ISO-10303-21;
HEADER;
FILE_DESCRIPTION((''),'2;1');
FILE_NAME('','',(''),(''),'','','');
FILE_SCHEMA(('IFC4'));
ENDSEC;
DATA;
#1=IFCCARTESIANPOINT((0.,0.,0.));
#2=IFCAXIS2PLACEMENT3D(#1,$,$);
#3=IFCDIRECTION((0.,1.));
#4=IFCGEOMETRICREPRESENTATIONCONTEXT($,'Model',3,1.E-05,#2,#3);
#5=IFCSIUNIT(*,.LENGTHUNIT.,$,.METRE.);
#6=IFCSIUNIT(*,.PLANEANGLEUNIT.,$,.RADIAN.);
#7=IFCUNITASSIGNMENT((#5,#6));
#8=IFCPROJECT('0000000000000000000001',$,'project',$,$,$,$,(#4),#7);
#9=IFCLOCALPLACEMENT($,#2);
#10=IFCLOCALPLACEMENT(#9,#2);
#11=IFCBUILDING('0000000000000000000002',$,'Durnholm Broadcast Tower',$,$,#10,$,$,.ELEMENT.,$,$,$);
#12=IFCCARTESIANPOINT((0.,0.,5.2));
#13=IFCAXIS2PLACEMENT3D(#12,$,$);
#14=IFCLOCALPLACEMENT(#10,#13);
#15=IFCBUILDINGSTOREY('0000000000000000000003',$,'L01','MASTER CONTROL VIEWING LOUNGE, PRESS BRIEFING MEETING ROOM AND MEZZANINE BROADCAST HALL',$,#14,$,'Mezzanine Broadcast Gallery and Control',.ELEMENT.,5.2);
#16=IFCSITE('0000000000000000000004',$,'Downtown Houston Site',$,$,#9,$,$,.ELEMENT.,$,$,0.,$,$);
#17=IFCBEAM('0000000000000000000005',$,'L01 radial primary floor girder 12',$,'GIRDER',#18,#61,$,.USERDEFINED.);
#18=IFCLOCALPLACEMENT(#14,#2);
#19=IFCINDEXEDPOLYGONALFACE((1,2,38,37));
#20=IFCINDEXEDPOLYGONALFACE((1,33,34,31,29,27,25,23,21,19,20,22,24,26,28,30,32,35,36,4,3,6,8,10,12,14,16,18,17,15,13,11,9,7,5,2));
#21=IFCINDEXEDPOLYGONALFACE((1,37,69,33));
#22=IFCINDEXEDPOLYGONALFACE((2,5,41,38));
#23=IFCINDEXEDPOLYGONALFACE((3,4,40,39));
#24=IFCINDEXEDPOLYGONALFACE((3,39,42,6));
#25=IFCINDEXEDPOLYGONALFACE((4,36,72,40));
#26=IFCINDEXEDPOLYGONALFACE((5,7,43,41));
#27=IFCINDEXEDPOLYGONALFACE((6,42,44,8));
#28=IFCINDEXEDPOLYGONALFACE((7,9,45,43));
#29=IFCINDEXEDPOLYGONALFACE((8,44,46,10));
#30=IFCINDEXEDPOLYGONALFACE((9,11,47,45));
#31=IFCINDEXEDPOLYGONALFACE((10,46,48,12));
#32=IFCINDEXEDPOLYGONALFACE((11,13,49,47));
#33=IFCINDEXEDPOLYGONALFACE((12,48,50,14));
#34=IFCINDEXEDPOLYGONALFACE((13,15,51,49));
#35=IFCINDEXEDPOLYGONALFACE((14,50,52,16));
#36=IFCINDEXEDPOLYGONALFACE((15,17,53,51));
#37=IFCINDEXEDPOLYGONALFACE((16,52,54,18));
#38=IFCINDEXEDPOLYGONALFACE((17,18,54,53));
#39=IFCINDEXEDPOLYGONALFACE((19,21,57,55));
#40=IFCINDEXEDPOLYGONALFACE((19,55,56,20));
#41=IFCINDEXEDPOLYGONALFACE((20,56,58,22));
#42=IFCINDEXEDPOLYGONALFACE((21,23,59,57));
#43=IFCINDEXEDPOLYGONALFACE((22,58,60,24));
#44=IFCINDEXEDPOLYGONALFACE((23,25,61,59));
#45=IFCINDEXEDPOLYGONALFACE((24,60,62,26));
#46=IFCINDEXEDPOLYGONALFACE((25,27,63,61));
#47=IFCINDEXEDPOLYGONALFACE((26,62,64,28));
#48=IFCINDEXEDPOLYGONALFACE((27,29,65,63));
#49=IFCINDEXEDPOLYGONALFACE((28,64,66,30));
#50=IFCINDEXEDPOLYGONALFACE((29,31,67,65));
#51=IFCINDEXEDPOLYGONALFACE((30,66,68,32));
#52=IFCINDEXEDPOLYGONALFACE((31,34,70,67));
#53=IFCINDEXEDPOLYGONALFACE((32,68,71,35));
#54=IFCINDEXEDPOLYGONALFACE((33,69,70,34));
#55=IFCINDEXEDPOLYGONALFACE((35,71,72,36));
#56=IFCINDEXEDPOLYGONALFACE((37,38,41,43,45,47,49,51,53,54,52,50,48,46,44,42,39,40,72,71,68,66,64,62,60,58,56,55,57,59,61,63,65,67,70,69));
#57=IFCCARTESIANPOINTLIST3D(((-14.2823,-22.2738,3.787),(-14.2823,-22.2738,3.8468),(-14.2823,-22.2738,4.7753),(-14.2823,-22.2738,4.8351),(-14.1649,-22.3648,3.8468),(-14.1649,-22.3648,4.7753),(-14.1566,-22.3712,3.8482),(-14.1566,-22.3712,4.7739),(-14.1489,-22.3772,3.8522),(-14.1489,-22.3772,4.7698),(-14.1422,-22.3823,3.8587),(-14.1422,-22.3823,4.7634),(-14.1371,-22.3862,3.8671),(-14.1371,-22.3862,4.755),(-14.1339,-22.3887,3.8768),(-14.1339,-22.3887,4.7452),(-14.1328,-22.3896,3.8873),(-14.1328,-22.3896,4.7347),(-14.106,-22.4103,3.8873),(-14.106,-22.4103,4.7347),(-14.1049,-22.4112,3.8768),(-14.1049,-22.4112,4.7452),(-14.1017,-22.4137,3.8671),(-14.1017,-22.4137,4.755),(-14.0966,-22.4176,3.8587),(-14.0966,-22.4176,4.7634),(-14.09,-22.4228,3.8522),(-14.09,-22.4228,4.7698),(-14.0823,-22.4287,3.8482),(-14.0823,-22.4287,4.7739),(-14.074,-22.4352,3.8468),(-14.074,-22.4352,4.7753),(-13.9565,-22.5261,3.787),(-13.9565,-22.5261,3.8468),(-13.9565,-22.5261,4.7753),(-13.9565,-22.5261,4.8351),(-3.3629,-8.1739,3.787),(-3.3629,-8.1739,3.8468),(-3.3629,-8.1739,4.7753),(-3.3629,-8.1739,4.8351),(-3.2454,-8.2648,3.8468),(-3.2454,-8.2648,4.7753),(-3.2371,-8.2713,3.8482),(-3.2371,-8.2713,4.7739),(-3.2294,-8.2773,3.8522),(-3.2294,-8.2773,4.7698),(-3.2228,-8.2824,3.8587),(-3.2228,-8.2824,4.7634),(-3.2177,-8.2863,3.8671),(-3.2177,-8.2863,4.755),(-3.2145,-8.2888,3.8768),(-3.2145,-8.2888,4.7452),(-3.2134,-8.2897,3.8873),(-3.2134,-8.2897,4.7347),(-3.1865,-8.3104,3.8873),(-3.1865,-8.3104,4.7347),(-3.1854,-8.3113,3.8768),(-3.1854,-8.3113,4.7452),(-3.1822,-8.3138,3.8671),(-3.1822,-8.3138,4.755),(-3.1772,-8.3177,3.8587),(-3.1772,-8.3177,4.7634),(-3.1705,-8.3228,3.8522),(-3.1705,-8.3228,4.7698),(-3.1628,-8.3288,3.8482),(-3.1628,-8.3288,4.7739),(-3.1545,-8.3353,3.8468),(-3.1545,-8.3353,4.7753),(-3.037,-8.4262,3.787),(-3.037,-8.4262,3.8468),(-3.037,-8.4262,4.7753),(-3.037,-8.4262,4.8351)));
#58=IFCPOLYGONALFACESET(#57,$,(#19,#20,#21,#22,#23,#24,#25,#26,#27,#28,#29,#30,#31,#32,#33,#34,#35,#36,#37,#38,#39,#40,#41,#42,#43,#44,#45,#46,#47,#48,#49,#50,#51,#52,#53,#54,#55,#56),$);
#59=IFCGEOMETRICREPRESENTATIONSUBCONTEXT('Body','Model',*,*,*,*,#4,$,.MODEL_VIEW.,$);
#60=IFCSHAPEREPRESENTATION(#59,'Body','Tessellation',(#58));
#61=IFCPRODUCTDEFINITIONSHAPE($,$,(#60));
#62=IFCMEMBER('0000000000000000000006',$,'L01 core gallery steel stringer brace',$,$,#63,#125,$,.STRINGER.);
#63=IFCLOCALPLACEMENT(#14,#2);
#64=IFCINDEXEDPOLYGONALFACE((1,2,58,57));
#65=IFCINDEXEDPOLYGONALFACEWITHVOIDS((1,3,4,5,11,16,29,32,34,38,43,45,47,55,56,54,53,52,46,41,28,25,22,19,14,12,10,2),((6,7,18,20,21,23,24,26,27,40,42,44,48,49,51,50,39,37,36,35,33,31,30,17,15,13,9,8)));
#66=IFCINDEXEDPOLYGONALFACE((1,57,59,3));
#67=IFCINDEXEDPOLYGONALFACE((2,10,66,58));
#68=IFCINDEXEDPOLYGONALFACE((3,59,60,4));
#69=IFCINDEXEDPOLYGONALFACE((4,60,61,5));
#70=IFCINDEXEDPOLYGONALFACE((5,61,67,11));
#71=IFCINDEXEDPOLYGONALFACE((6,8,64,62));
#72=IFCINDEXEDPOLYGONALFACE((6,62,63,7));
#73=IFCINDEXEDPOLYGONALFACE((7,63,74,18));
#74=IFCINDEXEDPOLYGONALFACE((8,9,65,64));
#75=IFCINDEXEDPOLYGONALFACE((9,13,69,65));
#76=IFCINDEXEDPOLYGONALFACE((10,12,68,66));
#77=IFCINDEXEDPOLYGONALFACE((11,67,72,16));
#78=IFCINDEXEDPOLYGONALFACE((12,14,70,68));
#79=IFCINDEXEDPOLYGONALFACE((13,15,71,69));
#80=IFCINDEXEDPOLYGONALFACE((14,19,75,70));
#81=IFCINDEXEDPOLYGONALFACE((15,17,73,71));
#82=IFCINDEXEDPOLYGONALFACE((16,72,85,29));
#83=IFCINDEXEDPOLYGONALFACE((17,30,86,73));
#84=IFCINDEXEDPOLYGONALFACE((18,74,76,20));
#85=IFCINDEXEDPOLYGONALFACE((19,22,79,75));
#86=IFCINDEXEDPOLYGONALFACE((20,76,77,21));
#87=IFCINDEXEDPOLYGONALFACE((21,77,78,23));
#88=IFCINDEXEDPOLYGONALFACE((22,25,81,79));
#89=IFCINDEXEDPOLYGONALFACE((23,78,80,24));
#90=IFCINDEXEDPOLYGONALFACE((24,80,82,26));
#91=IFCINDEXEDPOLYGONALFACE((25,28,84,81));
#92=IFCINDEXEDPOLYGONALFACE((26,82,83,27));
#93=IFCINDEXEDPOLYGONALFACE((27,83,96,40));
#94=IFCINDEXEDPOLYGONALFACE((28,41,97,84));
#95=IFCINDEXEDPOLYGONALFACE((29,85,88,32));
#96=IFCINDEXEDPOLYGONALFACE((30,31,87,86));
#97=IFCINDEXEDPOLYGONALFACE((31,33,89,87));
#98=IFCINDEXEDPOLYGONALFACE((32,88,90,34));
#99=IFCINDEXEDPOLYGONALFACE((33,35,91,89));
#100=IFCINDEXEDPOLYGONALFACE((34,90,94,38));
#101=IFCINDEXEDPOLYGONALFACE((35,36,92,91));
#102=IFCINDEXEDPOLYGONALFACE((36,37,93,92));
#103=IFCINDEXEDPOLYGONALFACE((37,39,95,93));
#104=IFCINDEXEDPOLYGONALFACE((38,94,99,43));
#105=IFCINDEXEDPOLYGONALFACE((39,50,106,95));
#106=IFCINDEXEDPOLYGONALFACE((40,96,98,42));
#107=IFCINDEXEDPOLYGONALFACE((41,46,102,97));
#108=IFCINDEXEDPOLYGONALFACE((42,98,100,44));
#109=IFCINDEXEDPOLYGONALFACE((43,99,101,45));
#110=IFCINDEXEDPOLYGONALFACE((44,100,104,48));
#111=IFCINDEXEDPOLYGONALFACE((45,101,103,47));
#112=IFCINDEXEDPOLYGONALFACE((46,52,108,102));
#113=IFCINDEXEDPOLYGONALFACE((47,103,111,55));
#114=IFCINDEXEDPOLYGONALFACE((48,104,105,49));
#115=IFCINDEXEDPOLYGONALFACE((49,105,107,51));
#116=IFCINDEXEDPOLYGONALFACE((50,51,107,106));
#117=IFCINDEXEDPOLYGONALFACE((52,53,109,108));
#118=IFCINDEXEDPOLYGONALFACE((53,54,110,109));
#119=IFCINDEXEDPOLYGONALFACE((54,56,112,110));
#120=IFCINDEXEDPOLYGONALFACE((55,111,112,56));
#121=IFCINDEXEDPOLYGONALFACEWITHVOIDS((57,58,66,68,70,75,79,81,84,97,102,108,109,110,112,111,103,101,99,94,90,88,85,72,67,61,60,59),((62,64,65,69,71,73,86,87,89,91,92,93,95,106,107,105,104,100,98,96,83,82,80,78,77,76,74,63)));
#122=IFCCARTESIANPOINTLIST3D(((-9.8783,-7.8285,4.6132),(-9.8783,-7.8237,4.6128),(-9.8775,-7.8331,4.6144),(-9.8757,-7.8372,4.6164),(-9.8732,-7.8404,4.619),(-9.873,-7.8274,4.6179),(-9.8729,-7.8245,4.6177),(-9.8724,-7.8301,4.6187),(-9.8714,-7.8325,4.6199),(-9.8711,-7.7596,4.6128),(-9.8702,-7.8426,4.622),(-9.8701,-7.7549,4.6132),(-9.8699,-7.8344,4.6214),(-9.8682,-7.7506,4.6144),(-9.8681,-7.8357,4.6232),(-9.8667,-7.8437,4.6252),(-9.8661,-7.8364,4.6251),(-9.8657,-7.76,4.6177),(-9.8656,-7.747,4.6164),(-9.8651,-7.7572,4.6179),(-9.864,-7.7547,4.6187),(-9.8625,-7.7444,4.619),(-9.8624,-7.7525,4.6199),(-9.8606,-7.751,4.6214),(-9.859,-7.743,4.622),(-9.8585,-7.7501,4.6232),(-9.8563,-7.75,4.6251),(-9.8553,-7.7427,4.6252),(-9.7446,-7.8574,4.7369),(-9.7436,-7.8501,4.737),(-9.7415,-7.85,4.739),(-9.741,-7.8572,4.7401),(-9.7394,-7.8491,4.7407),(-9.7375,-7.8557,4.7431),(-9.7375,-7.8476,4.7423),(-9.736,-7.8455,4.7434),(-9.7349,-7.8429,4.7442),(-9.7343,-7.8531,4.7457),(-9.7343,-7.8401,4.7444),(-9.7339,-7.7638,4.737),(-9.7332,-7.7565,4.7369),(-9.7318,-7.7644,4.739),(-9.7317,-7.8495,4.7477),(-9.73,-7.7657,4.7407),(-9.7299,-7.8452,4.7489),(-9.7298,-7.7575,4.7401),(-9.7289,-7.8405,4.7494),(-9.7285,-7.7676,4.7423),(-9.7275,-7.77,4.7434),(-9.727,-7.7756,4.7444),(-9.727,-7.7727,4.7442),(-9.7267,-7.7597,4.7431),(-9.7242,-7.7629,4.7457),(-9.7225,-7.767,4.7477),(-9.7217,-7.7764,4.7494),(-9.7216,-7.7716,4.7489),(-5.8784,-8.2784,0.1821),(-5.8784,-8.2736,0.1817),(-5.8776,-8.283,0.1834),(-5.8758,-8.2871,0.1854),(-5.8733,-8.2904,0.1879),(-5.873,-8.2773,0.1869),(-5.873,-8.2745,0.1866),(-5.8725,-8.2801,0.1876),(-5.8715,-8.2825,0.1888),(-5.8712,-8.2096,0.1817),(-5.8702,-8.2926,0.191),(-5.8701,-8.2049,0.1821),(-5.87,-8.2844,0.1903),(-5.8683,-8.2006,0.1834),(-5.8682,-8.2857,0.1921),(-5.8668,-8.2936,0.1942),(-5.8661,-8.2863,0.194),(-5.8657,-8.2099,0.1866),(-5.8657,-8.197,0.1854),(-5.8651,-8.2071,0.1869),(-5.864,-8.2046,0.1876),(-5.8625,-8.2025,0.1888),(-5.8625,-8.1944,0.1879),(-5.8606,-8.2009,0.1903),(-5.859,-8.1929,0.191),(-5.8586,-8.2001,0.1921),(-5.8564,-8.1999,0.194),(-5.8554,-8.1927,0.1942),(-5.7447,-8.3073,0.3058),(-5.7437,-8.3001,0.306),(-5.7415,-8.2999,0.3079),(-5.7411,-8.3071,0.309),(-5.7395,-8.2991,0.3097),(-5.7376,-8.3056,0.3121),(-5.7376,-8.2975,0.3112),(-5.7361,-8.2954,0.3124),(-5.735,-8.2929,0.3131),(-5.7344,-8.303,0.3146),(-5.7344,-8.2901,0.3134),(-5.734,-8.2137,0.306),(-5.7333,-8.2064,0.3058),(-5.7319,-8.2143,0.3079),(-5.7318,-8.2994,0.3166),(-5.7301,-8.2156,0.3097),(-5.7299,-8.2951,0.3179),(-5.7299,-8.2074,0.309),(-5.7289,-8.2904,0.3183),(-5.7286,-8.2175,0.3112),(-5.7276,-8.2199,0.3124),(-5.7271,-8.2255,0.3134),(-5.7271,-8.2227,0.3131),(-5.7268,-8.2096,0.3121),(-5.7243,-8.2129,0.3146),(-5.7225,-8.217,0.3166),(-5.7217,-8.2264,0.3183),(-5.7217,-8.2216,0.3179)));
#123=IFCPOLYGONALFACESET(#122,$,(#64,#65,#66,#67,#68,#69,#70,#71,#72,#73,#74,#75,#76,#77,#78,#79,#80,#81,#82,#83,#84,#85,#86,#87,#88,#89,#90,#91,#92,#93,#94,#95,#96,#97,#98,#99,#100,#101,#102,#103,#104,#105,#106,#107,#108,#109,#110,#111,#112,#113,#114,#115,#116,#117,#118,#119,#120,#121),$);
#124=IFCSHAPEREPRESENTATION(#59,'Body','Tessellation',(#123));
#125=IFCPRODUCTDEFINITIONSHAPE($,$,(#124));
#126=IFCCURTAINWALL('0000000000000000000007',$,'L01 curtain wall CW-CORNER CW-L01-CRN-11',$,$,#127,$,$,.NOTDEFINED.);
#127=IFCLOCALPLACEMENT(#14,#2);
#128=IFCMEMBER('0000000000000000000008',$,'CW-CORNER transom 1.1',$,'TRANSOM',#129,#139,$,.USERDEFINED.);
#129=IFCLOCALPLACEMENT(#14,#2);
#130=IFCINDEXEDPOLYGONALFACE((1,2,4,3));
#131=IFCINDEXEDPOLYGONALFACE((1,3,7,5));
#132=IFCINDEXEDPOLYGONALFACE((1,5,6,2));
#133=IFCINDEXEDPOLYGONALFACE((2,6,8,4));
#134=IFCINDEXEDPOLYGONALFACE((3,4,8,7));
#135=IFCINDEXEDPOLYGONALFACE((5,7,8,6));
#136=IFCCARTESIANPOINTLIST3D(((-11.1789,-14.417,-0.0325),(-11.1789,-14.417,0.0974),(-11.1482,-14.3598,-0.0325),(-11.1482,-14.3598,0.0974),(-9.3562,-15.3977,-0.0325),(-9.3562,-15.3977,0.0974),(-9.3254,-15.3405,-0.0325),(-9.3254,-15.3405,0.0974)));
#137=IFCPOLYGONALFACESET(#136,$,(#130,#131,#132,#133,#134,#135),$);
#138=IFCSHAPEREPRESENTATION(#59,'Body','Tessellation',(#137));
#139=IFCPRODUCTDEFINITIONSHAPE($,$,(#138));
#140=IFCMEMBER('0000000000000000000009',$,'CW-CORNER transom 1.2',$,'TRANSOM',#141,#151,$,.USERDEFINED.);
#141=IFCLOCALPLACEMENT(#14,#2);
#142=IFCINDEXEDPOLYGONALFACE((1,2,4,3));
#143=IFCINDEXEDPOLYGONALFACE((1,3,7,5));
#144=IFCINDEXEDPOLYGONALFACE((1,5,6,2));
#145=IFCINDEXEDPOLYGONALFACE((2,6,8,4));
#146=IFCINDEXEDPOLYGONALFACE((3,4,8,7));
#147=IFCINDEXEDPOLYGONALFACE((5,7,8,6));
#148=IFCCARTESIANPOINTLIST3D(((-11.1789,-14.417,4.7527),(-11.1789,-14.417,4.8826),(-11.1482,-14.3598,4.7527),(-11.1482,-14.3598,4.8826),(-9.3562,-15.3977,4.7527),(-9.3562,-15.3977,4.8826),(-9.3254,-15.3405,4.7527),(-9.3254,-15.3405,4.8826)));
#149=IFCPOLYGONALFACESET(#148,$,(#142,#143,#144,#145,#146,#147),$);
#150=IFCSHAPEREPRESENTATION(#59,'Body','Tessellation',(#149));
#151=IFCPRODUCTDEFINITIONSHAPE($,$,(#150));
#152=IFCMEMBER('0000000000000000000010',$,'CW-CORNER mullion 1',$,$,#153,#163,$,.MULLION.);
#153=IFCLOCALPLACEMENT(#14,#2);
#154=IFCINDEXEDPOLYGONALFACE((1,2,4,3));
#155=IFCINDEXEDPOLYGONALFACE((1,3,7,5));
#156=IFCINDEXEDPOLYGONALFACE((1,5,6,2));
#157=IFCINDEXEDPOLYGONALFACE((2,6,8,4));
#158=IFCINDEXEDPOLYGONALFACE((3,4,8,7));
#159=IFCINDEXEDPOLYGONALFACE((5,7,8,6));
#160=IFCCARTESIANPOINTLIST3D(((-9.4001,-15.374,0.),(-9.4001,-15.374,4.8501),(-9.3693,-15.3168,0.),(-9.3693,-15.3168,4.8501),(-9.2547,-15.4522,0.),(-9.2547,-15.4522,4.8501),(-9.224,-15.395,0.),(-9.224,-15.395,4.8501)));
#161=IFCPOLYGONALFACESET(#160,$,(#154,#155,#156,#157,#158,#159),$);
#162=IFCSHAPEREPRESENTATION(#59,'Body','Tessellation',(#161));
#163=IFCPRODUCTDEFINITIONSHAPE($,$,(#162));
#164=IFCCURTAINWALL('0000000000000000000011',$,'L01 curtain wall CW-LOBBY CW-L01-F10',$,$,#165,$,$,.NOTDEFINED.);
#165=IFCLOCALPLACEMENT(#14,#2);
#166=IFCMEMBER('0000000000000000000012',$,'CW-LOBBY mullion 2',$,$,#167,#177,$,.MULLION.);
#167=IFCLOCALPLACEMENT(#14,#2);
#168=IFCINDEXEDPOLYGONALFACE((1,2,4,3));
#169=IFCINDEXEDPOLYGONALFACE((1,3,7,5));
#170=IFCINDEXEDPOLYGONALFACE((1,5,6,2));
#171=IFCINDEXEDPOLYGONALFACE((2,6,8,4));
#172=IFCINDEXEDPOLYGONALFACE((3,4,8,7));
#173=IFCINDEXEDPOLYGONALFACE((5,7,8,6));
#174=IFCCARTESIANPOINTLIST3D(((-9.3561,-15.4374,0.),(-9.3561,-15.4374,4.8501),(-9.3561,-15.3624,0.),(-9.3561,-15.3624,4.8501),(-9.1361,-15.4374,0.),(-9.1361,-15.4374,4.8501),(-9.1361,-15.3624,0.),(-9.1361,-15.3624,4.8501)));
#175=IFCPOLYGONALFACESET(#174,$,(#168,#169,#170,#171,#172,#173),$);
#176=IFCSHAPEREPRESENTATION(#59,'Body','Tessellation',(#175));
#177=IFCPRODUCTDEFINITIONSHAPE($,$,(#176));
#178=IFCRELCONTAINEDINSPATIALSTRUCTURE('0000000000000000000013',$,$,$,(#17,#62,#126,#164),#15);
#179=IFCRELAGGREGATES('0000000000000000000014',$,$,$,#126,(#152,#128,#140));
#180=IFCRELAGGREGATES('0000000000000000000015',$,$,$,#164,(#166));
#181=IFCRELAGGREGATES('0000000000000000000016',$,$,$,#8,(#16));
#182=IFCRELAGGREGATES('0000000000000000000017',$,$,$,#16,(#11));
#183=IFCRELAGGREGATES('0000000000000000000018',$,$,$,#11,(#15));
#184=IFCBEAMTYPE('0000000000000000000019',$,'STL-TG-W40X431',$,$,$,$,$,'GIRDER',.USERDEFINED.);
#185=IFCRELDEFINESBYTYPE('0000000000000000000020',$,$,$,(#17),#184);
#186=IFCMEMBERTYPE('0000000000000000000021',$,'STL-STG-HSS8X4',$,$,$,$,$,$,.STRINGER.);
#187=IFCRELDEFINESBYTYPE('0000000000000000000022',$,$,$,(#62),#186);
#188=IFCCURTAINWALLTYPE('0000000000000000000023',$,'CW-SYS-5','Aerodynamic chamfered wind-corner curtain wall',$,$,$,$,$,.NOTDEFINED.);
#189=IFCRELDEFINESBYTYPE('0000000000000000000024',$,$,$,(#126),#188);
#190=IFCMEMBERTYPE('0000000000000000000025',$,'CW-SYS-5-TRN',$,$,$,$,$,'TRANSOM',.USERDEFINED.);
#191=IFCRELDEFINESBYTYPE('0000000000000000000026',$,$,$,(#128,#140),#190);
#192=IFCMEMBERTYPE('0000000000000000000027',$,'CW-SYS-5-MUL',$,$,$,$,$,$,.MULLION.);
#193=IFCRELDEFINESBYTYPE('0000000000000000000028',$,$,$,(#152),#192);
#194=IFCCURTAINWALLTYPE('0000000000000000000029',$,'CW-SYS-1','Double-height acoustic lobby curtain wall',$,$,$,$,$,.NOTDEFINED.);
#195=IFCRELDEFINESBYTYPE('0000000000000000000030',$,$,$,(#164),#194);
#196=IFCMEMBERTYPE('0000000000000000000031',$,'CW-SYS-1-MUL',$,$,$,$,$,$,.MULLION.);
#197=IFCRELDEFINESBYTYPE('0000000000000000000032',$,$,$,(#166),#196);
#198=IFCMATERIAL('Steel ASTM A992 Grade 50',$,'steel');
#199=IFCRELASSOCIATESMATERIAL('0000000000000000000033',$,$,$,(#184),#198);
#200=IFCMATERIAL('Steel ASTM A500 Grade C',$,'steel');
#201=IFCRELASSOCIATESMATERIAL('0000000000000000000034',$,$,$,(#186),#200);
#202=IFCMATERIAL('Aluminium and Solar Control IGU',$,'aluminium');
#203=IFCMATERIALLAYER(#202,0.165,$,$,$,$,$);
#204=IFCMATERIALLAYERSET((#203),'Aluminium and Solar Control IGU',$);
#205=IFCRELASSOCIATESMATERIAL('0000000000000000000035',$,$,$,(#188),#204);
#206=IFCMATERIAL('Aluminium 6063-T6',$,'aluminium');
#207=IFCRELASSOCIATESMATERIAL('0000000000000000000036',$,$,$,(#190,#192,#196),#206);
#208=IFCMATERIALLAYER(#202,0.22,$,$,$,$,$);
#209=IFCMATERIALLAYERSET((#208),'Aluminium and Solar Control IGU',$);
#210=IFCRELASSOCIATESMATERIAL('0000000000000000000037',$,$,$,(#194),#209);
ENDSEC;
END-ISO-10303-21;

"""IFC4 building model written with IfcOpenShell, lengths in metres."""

from ifc_helpers import new_model, si_unit, direction, frame, origin, origin_2d, place, context, subcontext, project, spatial, rectangle, hollow_rectangle, i_section, extrude, source, transform, mapped, material, layer, layer_set, material_profile, profile_set, type_object, type_shapes, element, aggregate, save


model = new_model("IFC4")

# Units and contexts
model_context = context("Model", 3, precision=1e-05, world=origin(), true_north=direction((0.0, 1.0)))
body_context = subcontext(model_context, "Body", "Model", "MODEL_VIEW")
ifc_project = project(units=[si_unit("LENGTHUNIT", "METRE"), si_unit("PLANEANGLEUNIT", "RADIAN")], contexts=[model_context])

# Site, building, storey
site_placement = place(None, origin())
site = spatial("IfcSite", under=ifc_project, at=site_placement, Name="Downtown Houston Site", CompositionType="ELEMENT", RefElevation=0.0)
building_placement = place(site_placement, origin())
building = spatial("IfcBuilding", under=site, at=building_placement, Name="Durnholm Broadcast Tower", CompositionType="ELEMENT")
storey_placement = place(building_placement, frame((0.0, 0.0, 5.2)))
storey = spatial("IfcBuildingStorey", under=building, at=storey_placement, Name="L01", Description="MASTER CONTROL VIEWING LOUNGE, PRESS BRIEFING MEETING ROOM AND MEZZANINE BROADCAST HALL", LongName="Mezzanine Broadcast Gallery and Control", CompositionType="ELEMENT", Elevation=5.2)

# Shared definitions
ifc_material_1 = material(Name="Steel ASTM A992 Grade 50", Category="steel")

# Beam
ifc_material_profile_1 = material_profile(ifc_material_1, i_section(OverallWidth=0.4121, OverallDepth=1.0481, WebThickness=0.0339, FlangeThickness=0.0598, FilletRadius=0.0405, at=origin_2d()), Name="W40X431")
ifc_profile_set_1 = profile_set([ifc_material_profile_1], Name="Steel ASTM A992 Grade 50")
beam_type_1 = type_object("IfcBeamType", Name="STL-TG-W40X431", ElementType="GIRDER", PredefinedType="USERDEFINED", material=ifc_profile_set_1)
shared_shape_1 = source(origin(), body_context, "Body", "SweptSolid", [
    extrude(i_section(OverallWidth=0.4121, OverallDepth=1.0481, WebThickness=0.0339, FlangeThickness=0.0598, FilletRadius=0.0405, at=origin_2d()), origin(), (0.0, 0.0, 1.0), 17.8337),
])
type_shapes(beam_type_1, [shared_shape_1])
beam_1_placement = place(storey_placement, frame((-3.2, -8.3, 4.311), z_axis=(-0.612293, -0.790631, 0.0), x_axis=(0.790631, -0.612293, 0.0)))
element("IfcBeam", 1, at=beam_1_placement, inside=storey, type_object=beam_type_1, Name="L01 radial primary floor girder 12", ObjectType="GIRDER", PredefinedType="USERDEFINED", context=body_context, shape_type="MappedRepresentation", body=[
    mapped(shared_shape_1, transform((0.0, 0.0, 0.0), x_axis=(1.0, 0.0, 0.0), y_axis=(0.0, 1.0, 0.0), z_axis=(0.0, 0.0, 1.0), scale=1.0)),
])

# Member
ifc_material_2 = material(Name="Steel ASTM A500 Grade C", Category="steel")
ifc_material_profile_2 = material_profile(ifc_material_2, hollow_rectangle(XDim=0.1016, YDim=0.2031, WallThickness=0.0073, InnerFilletRadius=0.011, OuterFilletRadius=0.0186, at=origin_2d()), Name="HSS8X4X5/16")
ifc_profile_set_2 = profile_set([ifc_material_profile_2], Name="Steel ASTM A500 Grade C")
member_type_1 = type_object("IfcMemberType", Name="STL-STG-HSS8X4", PredefinedType="STRINGER", material=ifc_profile_set_2)
shared_shape_2 = source(origin(), body_context, "Body", "SweptSolid", [
    extrude(hollow_rectangle(XDim=0.1016, YDim=0.2031, WallThickness=0.0073, InnerFilletRadius=0.011, OuterFilletRadius=0.0186, at=origin_2d()), origin(), (0.0, 0.0, 1.0), 5.9863),
])
type_shapes(member_type_1, [shared_shape_2])
member_1_placement = place(storey_placement, frame((-5.8, -8.25, 0.25), z_axis=(-0.668176, 0.075162, 0.740197), x_axis=(-0.111783, -0.993733, 0.0)))
element("IfcMember", 2, at=member_1_placement, inside=storey, type_object=member_type_1, Name="L01 core gallery steel stringer brace", PredefinedType="STRINGER", context=body_context, shape_type="MappedRepresentation", body=[
    mapped(shared_shape_2, transform((0.0, 0.0, 0.0), x_axis=(1.0, 0.0, 0.0), y_axis=(0.0, 1.0, 0.0), z_axis=(0.0, 0.0, 1.0), scale=1.0)),
])

# Curtain wall, members
ifc_material_3 = material(Name="Aluminium and Solar Control IGU", Category="aluminium")
ifc_layer_1 = layer(ifc_material_3, 0.165)
ifc_layer_set_1 = layer_set([ifc_layer_1], Name="Aluminium and Solar Control IGU")
curtain_wall_type_1 = type_object("IfcCurtainWallType", Name="CW-SYS-5", Description="Aerodynamic chamfered wind-corner curtain wall", PredefinedType="NOTDEFINED", material=ifc_layer_set_1)
curtain_wall_1_placement = place(storey_placement, origin())
curtain_wall_1 = element("IfcCurtainWall", 3, at=curtain_wall_1_placement, inside=storey, type_object=curtain_wall_type_1, Name="L01 curtain wall CW-CORNER CW-L01-CRN-11", PredefinedType="NOTDEFINED")
ifc_material_4 = material(Name="Aluminium 6063-T6", Category="aluminium")
ifc_material_profile_3 = material_profile(ifc_material_4, rectangle(XDim=0.0649, YDim=0.1299, at=origin_2d()), Name="CWT65X130")
ifc_profile_set_3 = profile_set([ifc_material_profile_3], Name="Aluminium 6063-T6")
member_type_2 = type_object("IfcMemberType", Name="CW-SYS-5-TRN", ElementType="TRANSOM", PredefinedType="USERDEFINED", material=ifc_profile_set_3)
shared_shape_3 = source(origin(), body_context, "Body", "SweptSolid", [
    extrude(rectangle(XDim=0.0649, YDim=0.1299, at=origin_2d()), origin(), (0.0, 0.0, 1.0), 2.0698),
])
type_shapes(member_type_2, [shared_shape_3])
member_2_placement = place(storey_placement, frame((-9.3408, -15.3691, 0.0325), z_axis=(-0.880626, 0.473811, 0.0), x_axis=(-0.473811, -0.880626, 0.0)))
member_2 = element("IfcMember", 4, at=member_2_placement, type_object=member_type_2, Name="CW-CORNER transom 1.1", ObjectType="TRANSOM", PredefinedType="USERDEFINED", context=body_context, shape_type="MappedRepresentation", body=[
    mapped(shared_shape_3, transform((0.0, 0.0, 0.0), x_axis=(1.0, 0.0, 0.0), y_axis=(0.0, 1.0, 0.0), z_axis=(0.0, 0.0, 1.0), scale=1.0)),
])
member_3_placement = place(storey_placement, frame((-9.3408, -15.3691, 4.8176), z_axis=(-0.880626, 0.473811, 0.0), x_axis=(-0.473811, -0.880626, 0.0)))
member_3 = element("IfcMember", 5, at=member_3_placement, type_object=member_type_2, Name="CW-CORNER transom 1.2", ObjectType="TRANSOM", PredefinedType="USERDEFINED", context=body_context, shape_type="MappedRepresentation", body=[
    mapped(shared_shape_3, transform((0.0, 0.0, 0.0), x_axis=(1.0, 0.0, 0.0), y_axis=(0.0, 1.0, 0.0), z_axis=(0.0, 0.0, 1.0), scale=1.0)),
])
ifc_material_profile_4 = material_profile(ifc_material_4, rectangle(XDim=0.0649, YDim=0.165, at=origin_2d()), Name="CWM65X165")
ifc_profile_set_4 = profile_set([ifc_material_profile_4], Name="Aluminium 6063-T6")
member_type_3 = type_object("IfcMemberType", Name="CW-SYS-5-MUL", PredefinedType="MULLION", material=ifc_profile_set_4)
shared_shape_4 = source(origin(), body_context, "Body", "SweptSolid", [
    extrude(rectangle(XDim=0.0649, YDim=0.165, at=origin_2d()), origin(), (0.0, 0.0, 1.0), 4.8501),
])
type_shapes(member_type_3, [shared_shape_4])
member_4_placement = place(storey_placement, frame((-9.312, -15.3845, 0.0), z_axis=(0.0, 0.0, 1.0), x_axis=(-0.473812, -0.880626, 0.0)))
member_4 = element("IfcMember", 6, at=member_4_placement, type_object=member_type_3, Name="CW-CORNER mullion 1", PredefinedType="MULLION", context=body_context, shape_type="MappedRepresentation", body=[
    mapped(shared_shape_4, transform((0.0, 0.0, 0.0), x_axis=(1.0, 0.0, 0.0), y_axis=(0.0, 1.0, 0.0), z_axis=(0.0, 0.0, 1.0), scale=1.0)),
])
aggregate(curtain_wall_1, [member_4, member_2, member_3])

# Curtain wall, member
ifc_layer_2 = layer(ifc_material_3, 0.22)
ifc_layer_set_2 = layer_set([ifc_layer_2], Name="Aluminium and Solar Control IGU")
curtain_wall_type_2 = type_object("IfcCurtainWallType", Name="CW-SYS-1", Description="Double-height acoustic lobby curtain wall", PredefinedType="NOTDEFINED", material=ifc_layer_set_2)
curtain_wall_2_placement = place(storey_placement, origin())
curtain_wall_2 = element("IfcCurtainWall", 7, at=curtain_wall_2_placement, inside=storey, type_object=curtain_wall_type_2, Name="L01 curtain wall CW-LOBBY CW-L01-F10", PredefinedType="NOTDEFINED")
ifc_material_profile_5 = material_profile(ifc_material_4, rectangle(XDim=0.075, YDim=0.22, at=origin_2d()), Name="CWM75X220")
ifc_profile_set_5 = profile_set([ifc_material_profile_5], Name="Aluminium 6063-T6")
member_type_4 = type_object("IfcMemberType", Name="CW-SYS-1-MUL", PredefinedType="MULLION", material=ifc_profile_set_5)
shared_shape_5 = source(origin(), body_context, "Body", "SweptSolid", [
    extrude(rectangle(XDim=0.075, YDim=0.22, at=origin_2d()), origin(), (0.0, 0.0, 1.0), 4.8501),
])
type_shapes(member_type_4, [shared_shape_5])
member_5_placement = place(storey_placement, frame((-9.2461, -15.3999, 0.0), z_axis=(0.0, 0.0, 1.0), x_axis=(0.0, -1.0, 0.0)))
member_5 = element("IfcMember", 8, at=member_5_placement, type_object=member_type_4, Name="CW-LOBBY mullion 2", PredefinedType="MULLION", context=body_context, shape_type="MappedRepresentation", body=[
    mapped(shared_shape_5, transform((0.0, 0.0, 0.0), x_axis=(1.0, 0.0, 0.0), y_axis=(0.0, 1.0, 0.0), z_axis=(0.0, 0.0, 1.0), scale=1.0)),
])
aggregate(curtain_wall_2, [member_5])

save(model, "model.ifc")
